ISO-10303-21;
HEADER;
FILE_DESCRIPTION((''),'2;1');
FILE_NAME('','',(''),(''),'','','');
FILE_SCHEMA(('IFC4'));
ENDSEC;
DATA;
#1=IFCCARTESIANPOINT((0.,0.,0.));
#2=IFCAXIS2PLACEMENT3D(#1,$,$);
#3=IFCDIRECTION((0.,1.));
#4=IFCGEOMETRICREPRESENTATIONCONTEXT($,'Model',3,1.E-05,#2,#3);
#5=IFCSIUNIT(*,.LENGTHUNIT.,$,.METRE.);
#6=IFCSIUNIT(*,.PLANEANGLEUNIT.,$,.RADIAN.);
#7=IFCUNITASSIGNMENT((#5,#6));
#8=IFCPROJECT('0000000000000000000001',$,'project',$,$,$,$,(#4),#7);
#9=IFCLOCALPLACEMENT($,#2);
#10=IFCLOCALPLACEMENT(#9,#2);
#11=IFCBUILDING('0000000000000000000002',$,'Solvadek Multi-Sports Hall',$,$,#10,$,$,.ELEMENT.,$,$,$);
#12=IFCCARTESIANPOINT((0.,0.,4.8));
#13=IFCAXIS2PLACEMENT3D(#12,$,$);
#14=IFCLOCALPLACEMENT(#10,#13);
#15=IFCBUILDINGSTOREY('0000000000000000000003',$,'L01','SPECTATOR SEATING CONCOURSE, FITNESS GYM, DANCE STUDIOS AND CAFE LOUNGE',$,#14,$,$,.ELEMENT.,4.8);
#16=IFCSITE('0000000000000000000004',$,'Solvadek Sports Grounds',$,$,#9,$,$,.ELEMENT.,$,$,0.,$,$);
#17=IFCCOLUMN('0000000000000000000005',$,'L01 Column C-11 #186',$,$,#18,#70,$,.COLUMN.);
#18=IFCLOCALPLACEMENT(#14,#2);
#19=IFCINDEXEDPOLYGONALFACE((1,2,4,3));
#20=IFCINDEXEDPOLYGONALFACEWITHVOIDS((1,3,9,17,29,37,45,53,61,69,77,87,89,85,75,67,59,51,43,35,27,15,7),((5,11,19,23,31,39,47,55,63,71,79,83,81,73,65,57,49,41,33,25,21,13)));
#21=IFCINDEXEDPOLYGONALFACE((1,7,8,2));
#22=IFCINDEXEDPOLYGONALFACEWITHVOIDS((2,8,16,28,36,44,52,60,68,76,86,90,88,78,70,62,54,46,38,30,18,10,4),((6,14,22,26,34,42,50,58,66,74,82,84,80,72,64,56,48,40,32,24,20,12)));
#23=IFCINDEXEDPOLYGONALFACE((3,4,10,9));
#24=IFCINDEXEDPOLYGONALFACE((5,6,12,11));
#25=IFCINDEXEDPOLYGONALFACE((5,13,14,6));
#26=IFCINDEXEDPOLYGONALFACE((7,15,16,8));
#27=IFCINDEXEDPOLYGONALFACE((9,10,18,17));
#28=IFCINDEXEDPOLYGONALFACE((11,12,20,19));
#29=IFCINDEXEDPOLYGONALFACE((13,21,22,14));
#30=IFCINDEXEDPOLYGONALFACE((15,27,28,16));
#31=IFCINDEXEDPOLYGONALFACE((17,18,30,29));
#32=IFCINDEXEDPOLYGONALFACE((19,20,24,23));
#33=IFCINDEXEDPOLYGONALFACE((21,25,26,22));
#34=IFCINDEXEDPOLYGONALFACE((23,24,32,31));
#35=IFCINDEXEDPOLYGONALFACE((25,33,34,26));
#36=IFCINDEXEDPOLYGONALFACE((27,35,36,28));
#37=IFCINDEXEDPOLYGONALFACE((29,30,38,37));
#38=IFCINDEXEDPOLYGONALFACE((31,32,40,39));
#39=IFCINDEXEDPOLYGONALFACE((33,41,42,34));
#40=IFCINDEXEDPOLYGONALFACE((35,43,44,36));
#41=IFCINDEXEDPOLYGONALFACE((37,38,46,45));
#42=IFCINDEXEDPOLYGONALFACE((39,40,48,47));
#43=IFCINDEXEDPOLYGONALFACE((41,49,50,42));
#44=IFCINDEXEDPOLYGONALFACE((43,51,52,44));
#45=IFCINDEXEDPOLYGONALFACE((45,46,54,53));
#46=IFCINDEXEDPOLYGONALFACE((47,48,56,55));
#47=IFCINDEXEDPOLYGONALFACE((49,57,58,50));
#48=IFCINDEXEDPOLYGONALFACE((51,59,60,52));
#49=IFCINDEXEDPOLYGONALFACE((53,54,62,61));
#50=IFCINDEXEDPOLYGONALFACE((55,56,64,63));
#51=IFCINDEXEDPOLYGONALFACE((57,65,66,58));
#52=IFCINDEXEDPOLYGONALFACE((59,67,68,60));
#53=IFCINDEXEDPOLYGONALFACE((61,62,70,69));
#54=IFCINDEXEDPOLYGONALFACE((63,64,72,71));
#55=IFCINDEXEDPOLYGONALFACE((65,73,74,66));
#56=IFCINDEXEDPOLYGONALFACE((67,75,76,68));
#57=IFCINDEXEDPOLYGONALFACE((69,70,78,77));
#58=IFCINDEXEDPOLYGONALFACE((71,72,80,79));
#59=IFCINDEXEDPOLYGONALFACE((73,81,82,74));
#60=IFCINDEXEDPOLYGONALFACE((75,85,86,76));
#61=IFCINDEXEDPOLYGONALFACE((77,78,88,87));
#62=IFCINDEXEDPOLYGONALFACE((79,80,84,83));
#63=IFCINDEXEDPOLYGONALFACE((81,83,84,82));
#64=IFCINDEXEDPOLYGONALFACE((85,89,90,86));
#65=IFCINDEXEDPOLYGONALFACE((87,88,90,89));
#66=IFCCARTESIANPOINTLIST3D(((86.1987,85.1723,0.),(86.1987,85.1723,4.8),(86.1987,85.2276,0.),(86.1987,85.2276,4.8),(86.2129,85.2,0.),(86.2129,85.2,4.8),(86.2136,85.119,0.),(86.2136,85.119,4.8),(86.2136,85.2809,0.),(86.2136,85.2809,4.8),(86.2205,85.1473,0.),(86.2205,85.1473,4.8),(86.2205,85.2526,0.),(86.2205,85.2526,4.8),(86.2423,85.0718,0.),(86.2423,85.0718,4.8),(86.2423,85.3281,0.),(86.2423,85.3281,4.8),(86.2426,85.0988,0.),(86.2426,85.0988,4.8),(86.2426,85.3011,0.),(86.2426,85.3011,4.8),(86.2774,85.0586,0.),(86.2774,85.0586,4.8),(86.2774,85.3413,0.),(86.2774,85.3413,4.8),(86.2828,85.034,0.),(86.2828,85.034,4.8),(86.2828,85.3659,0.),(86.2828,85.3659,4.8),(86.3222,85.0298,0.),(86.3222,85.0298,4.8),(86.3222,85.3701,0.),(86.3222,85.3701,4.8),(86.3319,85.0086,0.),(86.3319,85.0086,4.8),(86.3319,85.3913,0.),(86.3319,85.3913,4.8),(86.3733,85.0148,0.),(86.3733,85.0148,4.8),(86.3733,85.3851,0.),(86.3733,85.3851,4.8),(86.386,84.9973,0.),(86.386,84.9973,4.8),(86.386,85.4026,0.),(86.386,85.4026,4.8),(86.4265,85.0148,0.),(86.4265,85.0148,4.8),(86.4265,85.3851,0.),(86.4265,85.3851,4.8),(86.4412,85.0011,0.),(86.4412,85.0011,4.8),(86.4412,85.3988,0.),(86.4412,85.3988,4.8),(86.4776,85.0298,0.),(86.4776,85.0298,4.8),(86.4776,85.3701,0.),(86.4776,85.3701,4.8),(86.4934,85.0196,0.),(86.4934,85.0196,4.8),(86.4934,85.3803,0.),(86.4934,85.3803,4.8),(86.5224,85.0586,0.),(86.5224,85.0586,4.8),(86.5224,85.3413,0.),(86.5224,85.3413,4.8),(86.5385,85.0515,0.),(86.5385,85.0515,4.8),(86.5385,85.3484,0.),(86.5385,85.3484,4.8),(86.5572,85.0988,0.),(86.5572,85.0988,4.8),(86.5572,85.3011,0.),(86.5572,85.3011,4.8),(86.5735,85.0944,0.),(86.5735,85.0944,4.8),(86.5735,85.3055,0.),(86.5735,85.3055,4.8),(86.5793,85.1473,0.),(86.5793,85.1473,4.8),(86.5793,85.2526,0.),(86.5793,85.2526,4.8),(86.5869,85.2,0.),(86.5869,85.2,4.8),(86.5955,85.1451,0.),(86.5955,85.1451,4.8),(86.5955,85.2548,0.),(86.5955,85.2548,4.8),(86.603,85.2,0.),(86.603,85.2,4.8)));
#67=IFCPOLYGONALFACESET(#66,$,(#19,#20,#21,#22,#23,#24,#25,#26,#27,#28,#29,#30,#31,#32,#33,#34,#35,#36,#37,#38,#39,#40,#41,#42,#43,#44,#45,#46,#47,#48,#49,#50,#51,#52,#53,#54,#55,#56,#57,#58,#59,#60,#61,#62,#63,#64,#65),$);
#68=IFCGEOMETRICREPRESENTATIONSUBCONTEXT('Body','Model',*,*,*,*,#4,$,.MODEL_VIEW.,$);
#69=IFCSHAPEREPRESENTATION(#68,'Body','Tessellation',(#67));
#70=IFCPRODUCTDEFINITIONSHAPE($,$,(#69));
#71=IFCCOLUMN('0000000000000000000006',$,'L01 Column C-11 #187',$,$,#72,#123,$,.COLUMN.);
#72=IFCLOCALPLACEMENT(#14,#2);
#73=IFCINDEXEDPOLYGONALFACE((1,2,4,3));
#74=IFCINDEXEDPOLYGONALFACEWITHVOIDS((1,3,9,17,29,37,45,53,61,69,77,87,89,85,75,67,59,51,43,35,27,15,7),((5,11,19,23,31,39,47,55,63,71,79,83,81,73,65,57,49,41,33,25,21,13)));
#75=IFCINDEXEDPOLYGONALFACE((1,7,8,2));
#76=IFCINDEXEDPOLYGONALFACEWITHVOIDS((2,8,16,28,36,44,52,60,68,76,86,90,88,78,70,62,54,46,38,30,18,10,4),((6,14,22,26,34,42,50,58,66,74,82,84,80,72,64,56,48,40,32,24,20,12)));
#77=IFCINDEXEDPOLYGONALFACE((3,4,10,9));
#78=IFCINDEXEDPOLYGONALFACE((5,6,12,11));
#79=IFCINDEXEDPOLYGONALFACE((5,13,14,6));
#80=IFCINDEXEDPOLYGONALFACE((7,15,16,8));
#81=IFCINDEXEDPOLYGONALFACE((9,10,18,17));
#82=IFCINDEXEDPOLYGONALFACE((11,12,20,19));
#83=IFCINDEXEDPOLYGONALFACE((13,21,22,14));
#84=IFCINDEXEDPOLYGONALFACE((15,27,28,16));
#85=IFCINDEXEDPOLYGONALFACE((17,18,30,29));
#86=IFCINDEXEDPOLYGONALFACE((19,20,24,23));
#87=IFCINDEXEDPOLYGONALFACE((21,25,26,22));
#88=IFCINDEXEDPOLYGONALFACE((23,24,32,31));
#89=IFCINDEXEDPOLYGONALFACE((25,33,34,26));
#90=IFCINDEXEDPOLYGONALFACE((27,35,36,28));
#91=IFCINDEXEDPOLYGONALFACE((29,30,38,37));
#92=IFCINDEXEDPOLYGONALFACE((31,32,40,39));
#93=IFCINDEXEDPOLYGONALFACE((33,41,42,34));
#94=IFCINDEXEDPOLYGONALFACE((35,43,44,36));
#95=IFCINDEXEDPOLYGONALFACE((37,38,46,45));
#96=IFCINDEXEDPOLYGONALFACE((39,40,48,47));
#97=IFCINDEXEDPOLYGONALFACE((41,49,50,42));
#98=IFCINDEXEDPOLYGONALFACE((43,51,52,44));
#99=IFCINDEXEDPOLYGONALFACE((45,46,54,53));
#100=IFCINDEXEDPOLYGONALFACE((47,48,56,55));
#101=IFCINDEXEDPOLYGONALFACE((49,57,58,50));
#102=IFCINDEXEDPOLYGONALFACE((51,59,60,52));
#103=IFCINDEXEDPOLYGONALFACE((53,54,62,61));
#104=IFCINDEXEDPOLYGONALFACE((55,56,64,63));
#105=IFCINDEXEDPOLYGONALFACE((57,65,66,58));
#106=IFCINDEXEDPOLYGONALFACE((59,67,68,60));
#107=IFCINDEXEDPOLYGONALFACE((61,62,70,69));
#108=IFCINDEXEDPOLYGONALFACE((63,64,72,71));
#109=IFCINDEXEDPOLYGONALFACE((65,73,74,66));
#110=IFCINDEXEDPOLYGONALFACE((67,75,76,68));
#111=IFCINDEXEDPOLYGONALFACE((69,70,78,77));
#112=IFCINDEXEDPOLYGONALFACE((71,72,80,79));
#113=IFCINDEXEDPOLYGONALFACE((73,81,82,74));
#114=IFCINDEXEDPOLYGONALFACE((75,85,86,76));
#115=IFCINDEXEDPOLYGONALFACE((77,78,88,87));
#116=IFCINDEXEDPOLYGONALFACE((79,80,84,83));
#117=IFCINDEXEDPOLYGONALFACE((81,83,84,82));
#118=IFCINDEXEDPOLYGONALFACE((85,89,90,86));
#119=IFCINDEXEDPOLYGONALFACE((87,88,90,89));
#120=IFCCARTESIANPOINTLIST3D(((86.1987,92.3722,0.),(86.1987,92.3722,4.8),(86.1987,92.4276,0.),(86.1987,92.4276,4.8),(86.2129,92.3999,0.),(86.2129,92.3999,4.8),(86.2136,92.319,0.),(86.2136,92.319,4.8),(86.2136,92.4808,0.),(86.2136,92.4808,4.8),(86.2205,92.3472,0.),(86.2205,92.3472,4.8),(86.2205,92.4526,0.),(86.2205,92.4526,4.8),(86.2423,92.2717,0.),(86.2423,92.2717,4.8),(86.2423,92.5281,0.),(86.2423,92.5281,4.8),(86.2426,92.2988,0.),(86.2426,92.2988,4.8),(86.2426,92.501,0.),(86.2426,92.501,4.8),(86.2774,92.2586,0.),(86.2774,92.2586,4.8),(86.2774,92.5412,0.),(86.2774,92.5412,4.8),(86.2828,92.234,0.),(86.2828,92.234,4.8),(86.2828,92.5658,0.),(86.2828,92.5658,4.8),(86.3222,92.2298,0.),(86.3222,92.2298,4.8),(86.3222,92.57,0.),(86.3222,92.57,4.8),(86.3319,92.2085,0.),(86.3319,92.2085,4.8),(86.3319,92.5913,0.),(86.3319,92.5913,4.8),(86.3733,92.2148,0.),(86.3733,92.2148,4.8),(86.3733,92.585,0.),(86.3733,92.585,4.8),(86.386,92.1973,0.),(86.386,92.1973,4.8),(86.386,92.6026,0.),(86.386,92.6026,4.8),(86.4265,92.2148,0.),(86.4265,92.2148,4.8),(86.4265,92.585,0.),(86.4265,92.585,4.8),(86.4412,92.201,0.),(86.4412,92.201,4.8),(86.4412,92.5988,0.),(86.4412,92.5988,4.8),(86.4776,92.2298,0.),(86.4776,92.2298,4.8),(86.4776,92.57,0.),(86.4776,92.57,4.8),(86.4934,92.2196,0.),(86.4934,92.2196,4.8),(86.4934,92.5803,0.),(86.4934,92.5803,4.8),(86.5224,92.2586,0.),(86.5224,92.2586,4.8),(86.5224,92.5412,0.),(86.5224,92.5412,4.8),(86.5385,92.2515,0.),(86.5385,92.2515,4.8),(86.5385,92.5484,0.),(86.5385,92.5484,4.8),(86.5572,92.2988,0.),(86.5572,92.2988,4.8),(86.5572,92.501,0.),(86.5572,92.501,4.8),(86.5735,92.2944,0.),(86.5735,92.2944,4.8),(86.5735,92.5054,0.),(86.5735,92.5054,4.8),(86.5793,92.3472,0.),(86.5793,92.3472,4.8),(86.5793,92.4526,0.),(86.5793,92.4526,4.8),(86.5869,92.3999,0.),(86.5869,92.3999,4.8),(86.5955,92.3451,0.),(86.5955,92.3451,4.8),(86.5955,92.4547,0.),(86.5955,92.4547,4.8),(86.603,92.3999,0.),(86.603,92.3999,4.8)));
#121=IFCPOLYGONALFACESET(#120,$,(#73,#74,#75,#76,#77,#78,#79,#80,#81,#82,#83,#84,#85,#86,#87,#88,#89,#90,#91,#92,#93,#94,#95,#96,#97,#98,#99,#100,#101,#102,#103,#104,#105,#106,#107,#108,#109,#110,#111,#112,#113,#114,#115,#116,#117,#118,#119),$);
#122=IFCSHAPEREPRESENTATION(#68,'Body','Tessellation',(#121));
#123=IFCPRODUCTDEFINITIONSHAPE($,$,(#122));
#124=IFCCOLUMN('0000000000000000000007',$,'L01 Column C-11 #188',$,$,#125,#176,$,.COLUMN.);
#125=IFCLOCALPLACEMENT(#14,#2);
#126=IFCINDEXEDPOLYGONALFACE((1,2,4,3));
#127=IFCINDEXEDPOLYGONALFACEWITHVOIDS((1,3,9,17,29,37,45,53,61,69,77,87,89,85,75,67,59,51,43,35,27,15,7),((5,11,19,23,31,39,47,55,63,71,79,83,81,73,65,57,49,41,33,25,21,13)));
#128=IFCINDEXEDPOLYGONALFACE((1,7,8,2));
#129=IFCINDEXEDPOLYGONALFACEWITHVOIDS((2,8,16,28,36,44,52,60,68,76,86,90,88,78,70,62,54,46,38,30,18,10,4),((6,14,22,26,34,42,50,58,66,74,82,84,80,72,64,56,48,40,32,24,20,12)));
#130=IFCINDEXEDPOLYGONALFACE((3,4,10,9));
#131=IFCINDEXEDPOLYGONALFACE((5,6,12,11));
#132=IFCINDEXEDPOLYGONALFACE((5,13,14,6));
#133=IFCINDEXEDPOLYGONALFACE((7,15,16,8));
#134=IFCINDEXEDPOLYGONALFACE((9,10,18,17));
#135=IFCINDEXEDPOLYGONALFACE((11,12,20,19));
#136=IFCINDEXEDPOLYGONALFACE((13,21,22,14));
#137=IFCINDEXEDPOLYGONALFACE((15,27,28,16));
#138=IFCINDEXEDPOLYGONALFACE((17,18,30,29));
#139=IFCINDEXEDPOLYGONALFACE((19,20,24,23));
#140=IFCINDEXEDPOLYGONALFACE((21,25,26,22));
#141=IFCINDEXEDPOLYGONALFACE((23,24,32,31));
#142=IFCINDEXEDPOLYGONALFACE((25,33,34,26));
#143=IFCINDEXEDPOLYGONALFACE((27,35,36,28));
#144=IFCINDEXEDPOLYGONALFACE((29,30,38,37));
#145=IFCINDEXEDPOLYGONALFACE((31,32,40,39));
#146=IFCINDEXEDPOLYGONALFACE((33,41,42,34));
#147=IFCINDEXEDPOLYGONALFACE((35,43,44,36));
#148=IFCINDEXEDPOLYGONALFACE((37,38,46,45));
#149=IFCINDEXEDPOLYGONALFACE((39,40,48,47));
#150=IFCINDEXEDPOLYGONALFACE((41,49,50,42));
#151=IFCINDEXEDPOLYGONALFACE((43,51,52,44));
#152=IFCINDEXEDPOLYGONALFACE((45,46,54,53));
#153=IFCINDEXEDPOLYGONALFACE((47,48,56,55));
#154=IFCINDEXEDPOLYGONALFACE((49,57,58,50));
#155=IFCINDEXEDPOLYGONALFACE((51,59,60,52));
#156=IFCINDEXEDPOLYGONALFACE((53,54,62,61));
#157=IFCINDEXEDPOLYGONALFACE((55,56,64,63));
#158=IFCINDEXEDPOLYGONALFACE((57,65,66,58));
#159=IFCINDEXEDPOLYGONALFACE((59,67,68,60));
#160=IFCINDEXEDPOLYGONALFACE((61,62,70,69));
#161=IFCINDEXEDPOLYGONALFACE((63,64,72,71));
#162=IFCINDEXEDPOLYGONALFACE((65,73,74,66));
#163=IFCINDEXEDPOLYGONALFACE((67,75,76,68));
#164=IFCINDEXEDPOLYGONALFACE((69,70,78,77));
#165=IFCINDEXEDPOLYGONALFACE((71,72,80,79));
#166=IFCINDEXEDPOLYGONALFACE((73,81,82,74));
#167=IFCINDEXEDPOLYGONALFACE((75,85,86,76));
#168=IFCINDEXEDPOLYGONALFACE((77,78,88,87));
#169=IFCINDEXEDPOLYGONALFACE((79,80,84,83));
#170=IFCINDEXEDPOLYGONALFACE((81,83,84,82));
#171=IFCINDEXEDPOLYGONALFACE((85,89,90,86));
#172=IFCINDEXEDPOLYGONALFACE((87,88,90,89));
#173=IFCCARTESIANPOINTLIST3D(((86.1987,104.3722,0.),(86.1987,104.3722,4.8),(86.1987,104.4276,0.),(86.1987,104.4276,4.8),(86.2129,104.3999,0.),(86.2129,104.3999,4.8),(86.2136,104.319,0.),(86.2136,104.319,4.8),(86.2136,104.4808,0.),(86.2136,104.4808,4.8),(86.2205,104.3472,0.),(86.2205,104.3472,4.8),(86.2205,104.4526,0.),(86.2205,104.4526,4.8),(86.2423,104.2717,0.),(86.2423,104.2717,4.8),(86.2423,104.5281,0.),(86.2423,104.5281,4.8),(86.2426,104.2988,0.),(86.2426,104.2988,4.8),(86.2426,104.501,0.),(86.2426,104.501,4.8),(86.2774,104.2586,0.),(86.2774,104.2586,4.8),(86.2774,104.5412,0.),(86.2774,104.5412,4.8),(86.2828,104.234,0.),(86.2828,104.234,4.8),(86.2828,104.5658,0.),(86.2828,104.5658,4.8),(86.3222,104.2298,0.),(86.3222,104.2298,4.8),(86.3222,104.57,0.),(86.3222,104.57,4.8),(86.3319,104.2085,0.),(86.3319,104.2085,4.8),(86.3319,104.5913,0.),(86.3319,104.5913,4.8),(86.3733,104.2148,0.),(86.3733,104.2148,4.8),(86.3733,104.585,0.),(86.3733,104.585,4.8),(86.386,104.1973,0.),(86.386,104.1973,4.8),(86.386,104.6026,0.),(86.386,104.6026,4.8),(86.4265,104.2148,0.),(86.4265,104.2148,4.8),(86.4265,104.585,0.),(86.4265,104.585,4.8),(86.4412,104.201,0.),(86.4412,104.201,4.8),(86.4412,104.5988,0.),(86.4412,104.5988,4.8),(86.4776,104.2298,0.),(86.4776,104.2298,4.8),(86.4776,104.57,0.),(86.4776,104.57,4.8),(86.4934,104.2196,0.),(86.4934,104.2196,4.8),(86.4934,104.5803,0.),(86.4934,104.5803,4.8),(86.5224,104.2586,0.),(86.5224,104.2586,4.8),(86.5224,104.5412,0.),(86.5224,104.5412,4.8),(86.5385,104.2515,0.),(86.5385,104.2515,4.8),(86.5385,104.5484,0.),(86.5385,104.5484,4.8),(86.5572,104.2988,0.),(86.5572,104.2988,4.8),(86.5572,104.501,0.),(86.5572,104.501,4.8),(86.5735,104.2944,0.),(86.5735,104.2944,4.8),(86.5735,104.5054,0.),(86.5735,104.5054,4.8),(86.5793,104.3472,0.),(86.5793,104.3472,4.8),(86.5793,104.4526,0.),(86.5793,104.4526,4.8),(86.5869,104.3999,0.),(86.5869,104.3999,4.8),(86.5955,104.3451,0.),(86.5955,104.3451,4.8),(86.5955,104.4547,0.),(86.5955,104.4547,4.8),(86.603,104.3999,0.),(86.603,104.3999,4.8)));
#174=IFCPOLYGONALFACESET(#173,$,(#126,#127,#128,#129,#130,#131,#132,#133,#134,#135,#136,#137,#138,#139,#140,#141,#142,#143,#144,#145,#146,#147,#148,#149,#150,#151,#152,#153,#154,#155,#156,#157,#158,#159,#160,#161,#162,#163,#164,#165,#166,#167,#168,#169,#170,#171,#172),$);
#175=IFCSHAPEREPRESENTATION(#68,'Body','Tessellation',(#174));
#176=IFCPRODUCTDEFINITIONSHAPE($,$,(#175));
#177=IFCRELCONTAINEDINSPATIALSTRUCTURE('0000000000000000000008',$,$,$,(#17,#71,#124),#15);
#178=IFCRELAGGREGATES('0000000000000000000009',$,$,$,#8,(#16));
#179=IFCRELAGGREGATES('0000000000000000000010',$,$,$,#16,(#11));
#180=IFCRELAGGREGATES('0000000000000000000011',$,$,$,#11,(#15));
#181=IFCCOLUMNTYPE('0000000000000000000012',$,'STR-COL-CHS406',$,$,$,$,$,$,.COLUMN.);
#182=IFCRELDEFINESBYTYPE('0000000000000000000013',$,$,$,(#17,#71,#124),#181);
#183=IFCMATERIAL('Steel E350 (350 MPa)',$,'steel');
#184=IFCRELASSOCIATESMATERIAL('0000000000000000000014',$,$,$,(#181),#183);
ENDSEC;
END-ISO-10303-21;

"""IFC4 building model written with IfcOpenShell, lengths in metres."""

from ifc_helpers import new_model, si_unit, direction, frame, origin, origin_2d, place, context, subcontext, project, spatial, hollow_circle, extrude, material, material_profile, profile_set, type_object, element, save


model = new_model("IFC4")

# Units and contexts
model_context = context("Model", 3, precision=1e-05, world=origin(), true_north=direction((0.0, 1.0)))
body_context = subcontext(model_context, "Body", "Model", "MODEL_VIEW")
ifc_project = project(units=[si_unit("LENGTHUNIT", "METRE"), si_unit("PLANEANGLEUNIT", "RADIAN")], contexts=[model_context])

# Site, building, storey
site_placement = place(None, origin())
site = spatial("IfcSite", under=ifc_project, at=site_placement, Name="Solvadek Sports Grounds", CompositionType="ELEMENT", RefElevation=0.0)
building_placement = place(site_placement, origin())
building = spatial("IfcBuilding", under=site, at=building_placement, Name="Solvadek Multi-Sports Hall", CompositionType="ELEMENT")
storey_placement = place(building_placement, frame((0.0, 0.0, 4.8)))
storey = spatial("IfcBuildingStorey", under=building, at=storey_placement, Name="L01", Description="SPECTATOR SEATING CONCOURSE, FITNESS GYM, DANCE STUDIOS AND CAFE LOUNGE", CompositionType="ELEMENT", Elevation=4.8)

# Columns
ifc_material_1 = material(Name="Steel E350 (350 MPa)", Category="steel")
ifc_material_profile_1 = material_profile(ifc_material_1, hollow_circle(Radius=0.2031, WallThickness=0.0161, at=origin_2d()), Name="CHS 406.4x16")
ifc_profile_set_1 = profile_set([ifc_material_profile_1], Name="Steel E350 (350 MPa)")
column_type = type_object("IfcColumnType", Name="STR-COL-CHS406", PredefinedType="COLUMN", material=ifc_profile_set_1)
for number, where, z_axis, x_axis, name in (
    (1, (86.3999, 85.2, 0.0), (0.0, 0.0, 1.0), (1.0, 0.0, 0.0), "L01 Column C-11 #186"),
    (2, (86.3999, 92.3999, 0.0), (0.0, 0.0, 1.0), (1.0, 0.0, 0.0), "L01 Column C-11 #187"),
    (3, (86.3999, 104.3999, 0.0), (0.0, 0.0, 1.0), (1.0, 0.0, 0.0), "L01 Column C-11 #188"),
):
    element("IfcColumn", number, at=place(storey_placement, frame(where, z_axis=z_axis, x_axis=x_axis)), inside=storey, type_object=column_type, Name=name, PredefinedType="COLUMN", context=body_context, shape_type="SweptSolid", body=[
        extrude(hollow_circle(Radius=0.2031, WallThickness=0.0161, at=origin_2d()), origin(), (0.0, 0.0, 1.0), 4.8),
    ])

save(model, "model.ifc")
